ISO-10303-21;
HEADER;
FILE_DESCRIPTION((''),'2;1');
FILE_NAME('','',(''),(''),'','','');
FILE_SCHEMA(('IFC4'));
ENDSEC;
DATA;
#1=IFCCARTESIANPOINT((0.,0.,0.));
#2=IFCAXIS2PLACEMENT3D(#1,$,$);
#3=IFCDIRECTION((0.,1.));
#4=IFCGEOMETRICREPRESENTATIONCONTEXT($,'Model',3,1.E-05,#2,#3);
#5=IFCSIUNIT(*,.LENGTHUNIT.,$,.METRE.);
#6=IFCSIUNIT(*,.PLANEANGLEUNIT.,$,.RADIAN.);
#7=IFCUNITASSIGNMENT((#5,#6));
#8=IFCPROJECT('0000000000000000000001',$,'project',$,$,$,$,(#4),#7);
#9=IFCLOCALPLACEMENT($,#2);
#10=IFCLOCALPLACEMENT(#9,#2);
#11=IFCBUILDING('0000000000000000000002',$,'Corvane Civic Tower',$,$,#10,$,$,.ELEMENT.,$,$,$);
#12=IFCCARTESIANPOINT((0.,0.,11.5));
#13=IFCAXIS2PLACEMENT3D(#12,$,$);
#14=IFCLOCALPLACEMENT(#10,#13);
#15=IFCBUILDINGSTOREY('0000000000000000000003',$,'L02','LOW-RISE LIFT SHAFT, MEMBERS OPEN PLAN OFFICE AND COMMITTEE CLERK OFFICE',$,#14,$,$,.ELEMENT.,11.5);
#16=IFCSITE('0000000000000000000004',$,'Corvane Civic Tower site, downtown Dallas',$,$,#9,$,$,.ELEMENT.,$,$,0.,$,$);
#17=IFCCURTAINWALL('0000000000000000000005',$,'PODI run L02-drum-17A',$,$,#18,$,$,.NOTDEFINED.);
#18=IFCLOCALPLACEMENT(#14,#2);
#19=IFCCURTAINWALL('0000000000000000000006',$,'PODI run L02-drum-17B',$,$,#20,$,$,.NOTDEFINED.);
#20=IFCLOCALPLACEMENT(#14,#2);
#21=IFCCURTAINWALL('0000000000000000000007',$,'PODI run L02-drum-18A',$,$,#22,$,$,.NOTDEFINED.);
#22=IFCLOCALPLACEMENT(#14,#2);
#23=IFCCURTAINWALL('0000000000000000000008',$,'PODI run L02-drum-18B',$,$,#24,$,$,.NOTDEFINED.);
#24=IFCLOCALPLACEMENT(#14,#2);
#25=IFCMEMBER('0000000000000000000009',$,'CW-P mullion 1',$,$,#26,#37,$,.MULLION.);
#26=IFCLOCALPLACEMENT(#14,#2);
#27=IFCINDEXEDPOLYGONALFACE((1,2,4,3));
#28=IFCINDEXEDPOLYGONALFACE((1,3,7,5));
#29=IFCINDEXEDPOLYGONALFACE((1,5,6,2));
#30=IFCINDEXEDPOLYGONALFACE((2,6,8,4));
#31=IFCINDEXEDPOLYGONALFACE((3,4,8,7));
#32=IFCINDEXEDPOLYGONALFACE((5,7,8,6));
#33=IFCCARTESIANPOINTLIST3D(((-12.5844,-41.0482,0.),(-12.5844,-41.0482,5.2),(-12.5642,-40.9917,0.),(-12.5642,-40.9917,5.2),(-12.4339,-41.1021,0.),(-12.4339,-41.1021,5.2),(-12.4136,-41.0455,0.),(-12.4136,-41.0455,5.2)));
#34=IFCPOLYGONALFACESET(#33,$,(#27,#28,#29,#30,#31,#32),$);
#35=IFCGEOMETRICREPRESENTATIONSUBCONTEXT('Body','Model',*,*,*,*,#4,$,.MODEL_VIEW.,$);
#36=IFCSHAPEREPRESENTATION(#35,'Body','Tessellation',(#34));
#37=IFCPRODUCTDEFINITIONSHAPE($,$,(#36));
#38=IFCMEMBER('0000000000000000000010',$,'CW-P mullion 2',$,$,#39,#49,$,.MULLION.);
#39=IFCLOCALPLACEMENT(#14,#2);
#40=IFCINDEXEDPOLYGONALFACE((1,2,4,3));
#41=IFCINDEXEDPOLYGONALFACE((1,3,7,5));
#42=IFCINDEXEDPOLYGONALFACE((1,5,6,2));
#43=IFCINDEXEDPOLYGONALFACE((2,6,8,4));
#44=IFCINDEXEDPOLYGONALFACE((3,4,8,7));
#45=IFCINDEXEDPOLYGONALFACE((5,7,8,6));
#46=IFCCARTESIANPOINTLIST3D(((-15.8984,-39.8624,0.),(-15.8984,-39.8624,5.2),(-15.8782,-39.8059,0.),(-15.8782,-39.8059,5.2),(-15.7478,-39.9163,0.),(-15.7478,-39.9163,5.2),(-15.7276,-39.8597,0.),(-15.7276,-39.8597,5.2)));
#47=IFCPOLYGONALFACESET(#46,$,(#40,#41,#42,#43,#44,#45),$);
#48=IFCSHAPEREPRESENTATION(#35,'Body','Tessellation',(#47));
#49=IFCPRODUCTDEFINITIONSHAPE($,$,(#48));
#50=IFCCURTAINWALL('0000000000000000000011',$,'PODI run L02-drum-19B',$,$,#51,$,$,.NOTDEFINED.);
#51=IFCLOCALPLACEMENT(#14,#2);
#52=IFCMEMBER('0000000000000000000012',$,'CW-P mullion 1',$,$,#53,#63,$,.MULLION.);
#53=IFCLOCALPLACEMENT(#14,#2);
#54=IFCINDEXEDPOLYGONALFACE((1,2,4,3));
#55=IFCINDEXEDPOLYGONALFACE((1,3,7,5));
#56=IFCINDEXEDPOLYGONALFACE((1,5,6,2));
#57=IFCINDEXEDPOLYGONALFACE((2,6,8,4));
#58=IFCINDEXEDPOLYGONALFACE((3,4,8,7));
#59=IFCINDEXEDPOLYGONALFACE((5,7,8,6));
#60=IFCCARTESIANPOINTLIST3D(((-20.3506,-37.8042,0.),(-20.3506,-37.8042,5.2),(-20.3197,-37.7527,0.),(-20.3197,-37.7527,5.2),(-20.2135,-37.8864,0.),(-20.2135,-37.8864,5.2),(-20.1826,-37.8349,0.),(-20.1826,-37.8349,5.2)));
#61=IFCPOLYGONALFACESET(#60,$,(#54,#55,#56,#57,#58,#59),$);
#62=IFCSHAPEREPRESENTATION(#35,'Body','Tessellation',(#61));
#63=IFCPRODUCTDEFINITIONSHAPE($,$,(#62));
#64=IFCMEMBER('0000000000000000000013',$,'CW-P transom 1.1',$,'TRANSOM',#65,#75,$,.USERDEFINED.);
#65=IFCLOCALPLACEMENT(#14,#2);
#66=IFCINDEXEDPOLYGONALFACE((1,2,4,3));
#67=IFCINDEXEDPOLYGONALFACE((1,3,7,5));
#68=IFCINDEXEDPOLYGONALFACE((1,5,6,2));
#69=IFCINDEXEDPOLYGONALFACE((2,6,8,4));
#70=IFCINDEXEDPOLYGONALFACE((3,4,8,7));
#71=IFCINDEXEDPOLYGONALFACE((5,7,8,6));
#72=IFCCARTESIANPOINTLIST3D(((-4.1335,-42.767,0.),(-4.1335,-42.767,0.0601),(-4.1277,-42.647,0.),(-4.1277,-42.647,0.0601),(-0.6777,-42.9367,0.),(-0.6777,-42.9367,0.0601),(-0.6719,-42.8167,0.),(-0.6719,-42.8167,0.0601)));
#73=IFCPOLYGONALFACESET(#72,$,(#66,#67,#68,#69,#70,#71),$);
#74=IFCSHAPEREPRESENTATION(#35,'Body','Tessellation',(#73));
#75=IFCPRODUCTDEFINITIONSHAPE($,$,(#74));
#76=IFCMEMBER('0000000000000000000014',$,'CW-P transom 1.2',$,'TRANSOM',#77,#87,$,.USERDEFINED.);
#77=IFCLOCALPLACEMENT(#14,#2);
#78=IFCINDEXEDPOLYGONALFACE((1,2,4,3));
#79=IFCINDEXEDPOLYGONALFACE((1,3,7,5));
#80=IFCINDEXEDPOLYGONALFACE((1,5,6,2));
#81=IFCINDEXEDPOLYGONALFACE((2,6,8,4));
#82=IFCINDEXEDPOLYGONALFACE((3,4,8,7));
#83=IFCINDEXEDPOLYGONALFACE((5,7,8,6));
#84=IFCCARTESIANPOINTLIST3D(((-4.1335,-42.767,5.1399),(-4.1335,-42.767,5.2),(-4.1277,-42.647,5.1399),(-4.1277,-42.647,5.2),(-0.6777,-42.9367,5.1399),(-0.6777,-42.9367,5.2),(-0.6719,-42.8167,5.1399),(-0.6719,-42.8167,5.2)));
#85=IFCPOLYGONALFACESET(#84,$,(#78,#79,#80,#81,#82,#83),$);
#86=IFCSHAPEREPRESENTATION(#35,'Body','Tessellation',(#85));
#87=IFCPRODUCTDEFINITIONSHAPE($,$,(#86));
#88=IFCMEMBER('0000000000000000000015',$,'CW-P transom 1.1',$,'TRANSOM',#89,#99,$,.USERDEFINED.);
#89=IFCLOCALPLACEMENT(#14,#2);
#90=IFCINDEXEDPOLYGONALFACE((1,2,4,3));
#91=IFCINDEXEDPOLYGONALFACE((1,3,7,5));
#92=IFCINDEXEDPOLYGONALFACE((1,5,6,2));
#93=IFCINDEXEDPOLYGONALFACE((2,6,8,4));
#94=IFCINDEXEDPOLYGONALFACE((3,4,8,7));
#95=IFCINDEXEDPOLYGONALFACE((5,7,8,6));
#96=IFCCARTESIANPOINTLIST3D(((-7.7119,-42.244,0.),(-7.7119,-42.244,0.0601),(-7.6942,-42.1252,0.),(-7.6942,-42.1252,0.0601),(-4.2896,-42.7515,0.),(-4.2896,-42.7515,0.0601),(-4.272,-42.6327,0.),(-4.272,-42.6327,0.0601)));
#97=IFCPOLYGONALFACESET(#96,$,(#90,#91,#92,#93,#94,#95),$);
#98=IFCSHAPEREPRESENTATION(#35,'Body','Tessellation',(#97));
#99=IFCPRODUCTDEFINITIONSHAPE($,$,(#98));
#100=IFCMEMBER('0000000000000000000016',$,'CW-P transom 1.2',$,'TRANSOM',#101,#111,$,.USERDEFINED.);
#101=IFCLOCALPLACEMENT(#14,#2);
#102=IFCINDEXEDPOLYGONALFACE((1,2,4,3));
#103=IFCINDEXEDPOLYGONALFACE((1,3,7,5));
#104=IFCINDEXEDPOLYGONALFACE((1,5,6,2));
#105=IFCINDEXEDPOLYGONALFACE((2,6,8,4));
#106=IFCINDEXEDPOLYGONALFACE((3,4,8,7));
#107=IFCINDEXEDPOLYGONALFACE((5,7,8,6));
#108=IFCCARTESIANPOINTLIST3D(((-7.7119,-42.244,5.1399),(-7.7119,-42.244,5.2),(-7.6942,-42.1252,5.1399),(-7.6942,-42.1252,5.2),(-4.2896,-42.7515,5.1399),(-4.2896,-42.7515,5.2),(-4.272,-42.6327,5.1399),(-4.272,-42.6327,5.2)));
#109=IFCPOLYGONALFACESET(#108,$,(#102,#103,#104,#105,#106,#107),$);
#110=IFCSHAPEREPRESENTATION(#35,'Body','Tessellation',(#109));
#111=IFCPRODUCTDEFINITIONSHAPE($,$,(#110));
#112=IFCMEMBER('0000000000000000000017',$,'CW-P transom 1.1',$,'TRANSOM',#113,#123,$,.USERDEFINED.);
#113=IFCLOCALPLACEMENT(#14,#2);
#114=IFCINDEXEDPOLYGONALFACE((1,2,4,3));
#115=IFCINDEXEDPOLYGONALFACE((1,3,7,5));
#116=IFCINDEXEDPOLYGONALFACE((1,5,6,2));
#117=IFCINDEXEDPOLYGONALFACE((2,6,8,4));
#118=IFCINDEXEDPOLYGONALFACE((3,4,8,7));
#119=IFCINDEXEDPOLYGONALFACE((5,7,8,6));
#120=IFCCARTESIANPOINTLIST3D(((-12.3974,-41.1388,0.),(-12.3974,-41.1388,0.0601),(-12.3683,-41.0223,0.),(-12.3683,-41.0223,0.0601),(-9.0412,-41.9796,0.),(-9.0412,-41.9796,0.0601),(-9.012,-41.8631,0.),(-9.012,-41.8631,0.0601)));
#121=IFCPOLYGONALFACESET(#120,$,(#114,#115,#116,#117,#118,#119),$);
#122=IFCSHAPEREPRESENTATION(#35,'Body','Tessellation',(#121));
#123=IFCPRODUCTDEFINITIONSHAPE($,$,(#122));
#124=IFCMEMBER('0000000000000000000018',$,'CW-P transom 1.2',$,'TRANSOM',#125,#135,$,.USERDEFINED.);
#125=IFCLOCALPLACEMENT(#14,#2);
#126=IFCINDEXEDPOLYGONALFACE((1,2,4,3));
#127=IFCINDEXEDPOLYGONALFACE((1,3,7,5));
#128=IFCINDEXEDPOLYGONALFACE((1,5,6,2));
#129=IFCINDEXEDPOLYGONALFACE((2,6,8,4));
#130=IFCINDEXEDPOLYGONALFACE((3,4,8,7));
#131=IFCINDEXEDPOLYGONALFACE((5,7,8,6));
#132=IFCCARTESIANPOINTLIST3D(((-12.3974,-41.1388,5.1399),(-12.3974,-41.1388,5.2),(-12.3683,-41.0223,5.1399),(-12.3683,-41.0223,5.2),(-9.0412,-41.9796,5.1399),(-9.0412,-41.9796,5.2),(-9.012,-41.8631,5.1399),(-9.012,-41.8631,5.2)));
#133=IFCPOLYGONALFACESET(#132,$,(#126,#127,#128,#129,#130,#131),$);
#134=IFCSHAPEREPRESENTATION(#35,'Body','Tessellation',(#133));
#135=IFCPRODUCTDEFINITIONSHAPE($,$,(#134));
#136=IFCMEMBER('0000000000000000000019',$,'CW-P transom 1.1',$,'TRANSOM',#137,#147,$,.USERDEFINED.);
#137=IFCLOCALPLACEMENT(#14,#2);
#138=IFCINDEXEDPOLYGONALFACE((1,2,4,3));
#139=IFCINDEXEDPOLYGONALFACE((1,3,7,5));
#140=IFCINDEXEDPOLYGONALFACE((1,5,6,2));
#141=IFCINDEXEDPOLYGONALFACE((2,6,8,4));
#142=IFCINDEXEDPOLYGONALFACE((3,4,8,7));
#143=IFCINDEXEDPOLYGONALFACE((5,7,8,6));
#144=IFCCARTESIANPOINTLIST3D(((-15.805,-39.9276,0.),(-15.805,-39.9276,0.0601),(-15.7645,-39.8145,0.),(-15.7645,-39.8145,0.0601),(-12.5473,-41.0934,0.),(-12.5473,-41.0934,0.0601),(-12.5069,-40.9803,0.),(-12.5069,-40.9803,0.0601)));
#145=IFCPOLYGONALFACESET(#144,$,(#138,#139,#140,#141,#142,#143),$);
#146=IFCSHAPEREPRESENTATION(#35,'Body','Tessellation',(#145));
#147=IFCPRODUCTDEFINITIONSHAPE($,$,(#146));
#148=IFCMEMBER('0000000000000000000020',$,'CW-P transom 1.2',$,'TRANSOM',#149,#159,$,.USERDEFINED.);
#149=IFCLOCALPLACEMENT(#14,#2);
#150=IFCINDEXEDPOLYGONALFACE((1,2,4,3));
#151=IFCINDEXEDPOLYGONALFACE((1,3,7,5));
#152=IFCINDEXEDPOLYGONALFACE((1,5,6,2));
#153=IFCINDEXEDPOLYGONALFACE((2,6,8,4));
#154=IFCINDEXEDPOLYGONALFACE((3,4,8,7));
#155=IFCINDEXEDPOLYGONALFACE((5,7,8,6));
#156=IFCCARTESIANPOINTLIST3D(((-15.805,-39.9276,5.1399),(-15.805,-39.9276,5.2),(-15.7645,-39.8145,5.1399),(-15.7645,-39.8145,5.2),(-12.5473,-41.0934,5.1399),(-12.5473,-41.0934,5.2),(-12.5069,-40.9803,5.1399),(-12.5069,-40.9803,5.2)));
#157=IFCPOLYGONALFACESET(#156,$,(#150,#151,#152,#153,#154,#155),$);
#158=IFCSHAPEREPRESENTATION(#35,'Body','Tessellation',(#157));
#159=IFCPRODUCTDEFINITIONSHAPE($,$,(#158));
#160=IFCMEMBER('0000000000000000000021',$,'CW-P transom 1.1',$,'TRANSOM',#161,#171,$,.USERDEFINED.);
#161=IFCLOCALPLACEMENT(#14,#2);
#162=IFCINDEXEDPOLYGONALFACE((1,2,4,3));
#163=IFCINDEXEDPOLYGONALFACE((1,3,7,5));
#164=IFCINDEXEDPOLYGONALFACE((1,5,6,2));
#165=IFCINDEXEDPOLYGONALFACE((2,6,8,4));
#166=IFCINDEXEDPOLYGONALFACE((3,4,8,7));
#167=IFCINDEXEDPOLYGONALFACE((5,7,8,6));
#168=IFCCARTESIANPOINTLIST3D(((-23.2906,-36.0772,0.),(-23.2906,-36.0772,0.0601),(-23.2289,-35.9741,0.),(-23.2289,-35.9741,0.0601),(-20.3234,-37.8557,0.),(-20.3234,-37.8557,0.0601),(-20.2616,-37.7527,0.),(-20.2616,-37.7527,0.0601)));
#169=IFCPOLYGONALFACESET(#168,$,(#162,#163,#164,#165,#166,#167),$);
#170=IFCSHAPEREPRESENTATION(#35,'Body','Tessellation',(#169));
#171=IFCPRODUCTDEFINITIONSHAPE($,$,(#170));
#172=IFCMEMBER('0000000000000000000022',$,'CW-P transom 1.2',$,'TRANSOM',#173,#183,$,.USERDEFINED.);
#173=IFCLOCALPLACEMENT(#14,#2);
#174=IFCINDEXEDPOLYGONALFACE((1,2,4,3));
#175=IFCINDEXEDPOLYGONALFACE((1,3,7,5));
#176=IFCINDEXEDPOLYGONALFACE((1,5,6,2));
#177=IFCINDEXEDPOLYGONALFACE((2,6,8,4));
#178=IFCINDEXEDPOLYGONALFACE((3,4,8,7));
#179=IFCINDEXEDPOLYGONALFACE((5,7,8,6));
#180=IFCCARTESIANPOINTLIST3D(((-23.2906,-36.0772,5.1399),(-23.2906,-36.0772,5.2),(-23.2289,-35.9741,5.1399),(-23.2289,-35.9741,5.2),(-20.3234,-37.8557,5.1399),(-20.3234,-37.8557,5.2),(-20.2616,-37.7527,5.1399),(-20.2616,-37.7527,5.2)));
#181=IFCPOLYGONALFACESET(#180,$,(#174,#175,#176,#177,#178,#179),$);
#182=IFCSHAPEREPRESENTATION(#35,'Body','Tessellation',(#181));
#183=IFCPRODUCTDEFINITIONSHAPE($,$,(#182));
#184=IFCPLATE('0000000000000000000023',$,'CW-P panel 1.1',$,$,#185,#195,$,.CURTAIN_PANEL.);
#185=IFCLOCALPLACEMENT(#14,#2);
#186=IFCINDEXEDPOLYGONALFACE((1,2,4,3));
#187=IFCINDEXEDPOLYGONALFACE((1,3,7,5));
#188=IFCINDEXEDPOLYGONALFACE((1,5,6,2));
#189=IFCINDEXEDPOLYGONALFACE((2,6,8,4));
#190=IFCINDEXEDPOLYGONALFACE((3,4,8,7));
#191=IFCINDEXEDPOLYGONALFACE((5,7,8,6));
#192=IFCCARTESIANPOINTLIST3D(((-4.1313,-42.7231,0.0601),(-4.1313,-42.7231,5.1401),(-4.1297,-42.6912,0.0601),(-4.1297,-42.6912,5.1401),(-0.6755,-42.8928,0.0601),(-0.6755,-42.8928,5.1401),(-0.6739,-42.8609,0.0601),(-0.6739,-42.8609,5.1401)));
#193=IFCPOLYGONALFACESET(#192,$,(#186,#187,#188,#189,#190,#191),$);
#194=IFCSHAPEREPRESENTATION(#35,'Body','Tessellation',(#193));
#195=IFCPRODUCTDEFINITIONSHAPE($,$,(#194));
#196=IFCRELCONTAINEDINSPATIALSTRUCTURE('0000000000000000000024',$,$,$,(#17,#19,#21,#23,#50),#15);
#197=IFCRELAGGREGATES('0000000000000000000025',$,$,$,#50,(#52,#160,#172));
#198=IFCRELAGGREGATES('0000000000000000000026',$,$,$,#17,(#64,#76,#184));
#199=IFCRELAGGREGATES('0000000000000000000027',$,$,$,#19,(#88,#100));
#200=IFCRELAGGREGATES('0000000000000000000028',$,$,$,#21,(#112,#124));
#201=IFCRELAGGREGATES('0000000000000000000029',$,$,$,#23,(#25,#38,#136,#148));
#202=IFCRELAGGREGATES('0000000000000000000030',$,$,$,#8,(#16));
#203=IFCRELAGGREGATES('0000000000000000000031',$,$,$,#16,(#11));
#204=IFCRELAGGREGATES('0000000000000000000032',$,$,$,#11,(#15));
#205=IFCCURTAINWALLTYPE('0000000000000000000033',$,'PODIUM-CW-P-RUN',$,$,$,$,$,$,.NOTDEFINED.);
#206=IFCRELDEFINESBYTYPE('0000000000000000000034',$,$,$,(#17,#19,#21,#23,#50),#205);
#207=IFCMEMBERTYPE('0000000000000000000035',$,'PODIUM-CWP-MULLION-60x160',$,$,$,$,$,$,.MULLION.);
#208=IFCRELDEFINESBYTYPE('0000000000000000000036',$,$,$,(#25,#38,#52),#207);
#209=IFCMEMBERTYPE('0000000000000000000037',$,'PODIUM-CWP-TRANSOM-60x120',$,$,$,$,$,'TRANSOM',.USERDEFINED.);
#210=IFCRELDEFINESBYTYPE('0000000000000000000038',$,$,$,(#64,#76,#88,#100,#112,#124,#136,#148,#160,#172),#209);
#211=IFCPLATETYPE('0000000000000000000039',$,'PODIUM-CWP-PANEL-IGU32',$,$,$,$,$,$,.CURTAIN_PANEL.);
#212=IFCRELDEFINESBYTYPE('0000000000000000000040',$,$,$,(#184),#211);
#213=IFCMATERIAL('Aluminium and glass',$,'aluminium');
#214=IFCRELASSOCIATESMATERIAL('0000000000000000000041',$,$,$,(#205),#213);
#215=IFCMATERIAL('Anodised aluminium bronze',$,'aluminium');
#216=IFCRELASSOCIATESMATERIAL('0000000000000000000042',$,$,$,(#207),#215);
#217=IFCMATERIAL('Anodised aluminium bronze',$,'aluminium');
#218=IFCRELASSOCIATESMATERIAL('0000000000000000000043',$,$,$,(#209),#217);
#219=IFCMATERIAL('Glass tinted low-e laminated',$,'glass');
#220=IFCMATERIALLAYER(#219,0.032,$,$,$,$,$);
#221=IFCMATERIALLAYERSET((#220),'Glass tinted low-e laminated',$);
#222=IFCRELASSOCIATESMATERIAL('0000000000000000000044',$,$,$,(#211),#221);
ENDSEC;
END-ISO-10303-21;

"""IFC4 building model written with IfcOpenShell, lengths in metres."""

from ifc_helpers import new_model, si_unit, direction, frame, origin, origin_2d, place, context, subcontext, project, spatial, rectangle, extrude, material, layer, layer_set, material_profile, profile_set, type_object, element, aggregate, save


model = new_model("IFC4")

# Units and contexts
model_context = context("Model", 3, precision=1e-05, world=origin(), true_north=direction((0.0, 1.0)))
body_context = subcontext(model_context, "Body", "Model", "MODEL_VIEW")
ifc_project = project(units=[si_unit("LENGTHUNIT", "METRE"), si_unit("PLANEANGLEUNIT", "RADIAN")], contexts=[model_context])

# Site, building, storey
site_placement = place(None, origin())
site = spatial("IfcSite", under=ifc_project, at=site_placement, Name="Corvane Civic Tower site, downtown Dallas", CompositionType="ELEMENT", RefElevation=0.0)
building_placement = place(site_placement, origin())
building = spatial("IfcBuilding", under=site, at=building_placement, Name="Corvane Civic Tower", CompositionType="ELEMENT")
storey_placement = place(building_placement, frame((0.0, 0.0, 11.5)))
storey = spatial("IfcBuildingStorey", under=building, at=storey_placement, Name="L02", Description="LOW-RISE LIFT SHAFT, MEMBERS OPEN PLAN OFFICE AND COMMITTEE CLERK OFFICE", CompositionType="ELEMENT", Elevation=11.5)

# Curtain walls, members
ifc_material_1 = material(Name="Aluminium and glass", Category="aluminium")
curtain_wall_type = type_object("IfcCurtainWallType", Name="PODIUM-CW-P-RUN", PredefinedType="NOTDEFINED", material=ifc_material_1)
curtain_wall_1_placement = place(storey_placement, origin())
curtain_wall_1 = element("IfcCurtainWall", 1, at=curtain_wall_1_placement, inside=storey, type_object=curtain_wall_type, Name="PODI run L02-drum-17A", PredefinedType="NOTDEFINED")
ifc_material_2 = material(Name="Anodised aluminium bronze", Category="aluminium")
ifc_material_profile_1 = material_profile(ifc_material_2, rectangle(XDim=0.0601, YDim=0.1599, at=origin_2d()), Name="AL 60x160")
ifc_profile_set_1 = profile_set([ifc_material_profile_1], Name="Anodised aluminium bronze")
member_type_1 = type_object("IfcMemberType", Name="PODIUM-CWP-MULLION-60x160", PredefinedType="MULLION", material=ifc_profile_set_1)
curtain_wall_2_placement = place(storey_placement, origin())
curtain_wall_2 = element("IfcCurtainWall", 2, at=curtain_wall_2_placement, inside=storey, type_object=curtain_wall_type, Name="PODI run L02-drum-17B", PredefinedType="NOTDEFINED")
curtain_wall_3_placement = place(storey_placement, origin())
curtain_wall_3 = element("IfcCurtainWall", 3, at=curtain_wall_3_placement, inside=storey, type_object=curtain_wall_type, Name="PODI run L02-drum-18A", PredefinedType="NOTDEFINED")
curtain_wall_4_placement = place(storey_placement, origin())
curtain_wall_4 = element("IfcCurtainWall", 4, at=curtain_wall_4_placement, inside=storey, type_object=curtain_wall_type, Name="PODI run L02-drum-18B", PredefinedType="NOTDEFINED")
member_1_placement = place(storey_placement, frame((-12.499, -41.0469, 0.0), z_axis=(0.0, 0.0, 1.0), x_axis=(-0.336919, -0.941534, 0.0)))
member_1 = element("IfcMember", 5, at=member_1_placement, type_object=member_type_1, Name="CW-P mullion 1", PredefinedType="MULLION", context=body_context, shape_type="SweptSolid", body=[
    extrude(rectangle(XDim=0.0601, YDim=0.1599, at=origin_2d()), origin(), (0.0, 0.0, 1.0), 5.2),
])
member_2_placement = place(storey_placement, frame((-15.813, -39.8611, 0.0), z_axis=(0.0, 0.0, 1.0), x_axis=(-0.336919, -0.941534, 0.0)))
member_2 = element("IfcMember", 6, at=member_2_placement, type_object=member_type_1, Name="CW-P mullion 2", PredefinedType="MULLION", context=body_context, shape_type="SweptSolid", body=[
    extrude(rectangle(XDim=0.0601, YDim=0.1599, at=origin_2d()), origin(), (0.0, 0.0, 1.0), 5.2),
])

# Curtain wall, member
curtain_wall_5_placement = place(storey_placement, origin())
curtain_wall_5 = element("IfcCurtainWall", 7, at=curtain_wall_5_placement, inside=storey, type_object=curtain_wall_type, Name="PODI run L02-drum-19B", PredefinedType="NOTDEFINED")
member_3_placement = place(storey_placement, frame((-20.2666, -37.8196, 0.0), z_axis=(0.0, 0.0, 1.0), x_axis=(-0.514118, -0.85772, 0.0)))
member_3 = element("IfcMember", 8, at=member_3_placement, type_object=member_type_1, Name="CW-P mullion 1", PredefinedType="MULLION", context=body_context, shape_type="SweptSolid", body=[
    extrude(rectangle(XDim=0.0601, YDim=0.1599, at=origin_2d()), origin(), (0.0, 0.0, 1.0), 5.2),
])

# Members
ifc_material_3 = material(Name="Anodised aluminium bronze", Category="aluminium")
ifc_material_profile_2 = material_profile(ifc_material_3, rectangle(XDim=0.1201, YDim=0.0601, at=origin_2d()), Name="AL 120x60")
ifc_profile_set_2 = profile_set([ifc_material_profile_2], Name="Anodised aluminium bronze")
member_type_2 = type_object("IfcMemberType", Name="PODIUM-CWP-TRANSOM-60x120", ElementType="TRANSOM", PredefinedType="USERDEFINED", material=ifc_profile_set_2)
member_4_placement = place(storey_placement, frame((-0.6748, -42.8767, 0.03), z_axis=(-0.998797, 0.04904, 0.0), x_axis=(-0.04904, -0.998797, 0.0)))
member_4 = element("IfcMember", 9, at=member_4_placement, type_object=member_type_2, Name="CW-P transom 1.1", ObjectType="TRANSOM", PredefinedType="USERDEFINED", context=body_context, shape_type="SweptSolid", body=[
    extrude(rectangle(XDim=0.1201, YDim=0.0601, at=origin_2d()), origin(), (0.0, 0.0, 1.0), 3.46),
])
member_5_placement = place(storey_placement, frame((-0.6748, -42.8767, 5.1699), z_axis=(-0.998797, 0.04904, 0.0), x_axis=(-0.04904, -0.998797, 0.0)))
member_5 = element("IfcMember", 10, at=member_5_placement, type_object=member_type_2, Name="CW-P transom 1.2", ObjectType="TRANSOM", PredefinedType="USERDEFINED", context=body_context, shape_type="SweptSolid", body=[
    extrude(rectangle(XDim=0.1201, YDim=0.0601, at=origin_2d()), origin(), (0.0, 0.0, 1.0), 3.46),
])
member_6_placement = place(storey_placement, frame((-4.2808, -42.6921, 0.03), z_axis=(-0.98918, 0.146705, 0.0), x_axis=(-0.146705, -0.98918, 0.0)))
member_6 = element("IfcMember", 11, at=member_6_placement, type_object=member_type_2, Name="CW-P transom 1.1", ObjectType="TRANSOM", PredefinedType="USERDEFINED", context=body_context, shape_type="SweptSolid", body=[
    extrude(rectangle(XDim=0.1201, YDim=0.0601, at=origin_2d()), origin(), (0.0, 0.0, 1.0), 3.4597),
])
member_7_placement = place(storey_placement, frame((-4.2808, -42.6921, 5.1699), z_axis=(-0.98918, 0.146705, 0.0), x_axis=(-0.146705, -0.98918, 0.0)))
member_7 = element("IfcMember", 12, at=member_7_placement, type_object=member_type_2, Name="CW-P transom 1.2", ObjectType="TRANSOM", PredefinedType="USERDEFINED", context=body_context, shape_type="SweptSolid", body=[
    extrude(rectangle(XDim=0.1201, YDim=0.0601, at=origin_2d()), origin(), (0.0, 0.0, 1.0), 3.4597),
])
member_8_placement = place(storey_placement, frame((-9.0266, -41.9214, 0.03), z_axis=(-0.970022, 0.243017, 0.0), x_axis=(-0.243017, -0.970022, 0.0)))
member_8 = element("IfcMember", 13, at=member_8_placement, type_object=member_type_2, Name="CW-P transom 1.1", ObjectType="TRANSOM", PredefinedType="USERDEFINED", context=body_context, shape_type="SweptSolid", body=[
    extrude(rectangle(XDim=0.1201, YDim=0.0601, at=origin_2d()), origin(), (0.0, 0.0, 1.0), 3.46),
])
member_9_placement = place(storey_placement, frame((-9.0266, -41.9214, 5.1699), z_axis=(-0.970022, 0.243017, 0.0), x_axis=(-0.243017, -0.970022, 0.0)))
member_9 = element("IfcMember", 14, at=member_9_placement, type_object=member_type_2, Name="CW-P transom 1.2", ObjectType="TRANSOM", PredefinedType="USERDEFINED", context=body_context, shape_type="SweptSolid", body=[
    extrude(rectangle(XDim=0.1201, YDim=0.0601, at=origin_2d()), origin(), (0.0, 0.0, 1.0), 3.46),
])
member_10_placement = place(storey_placement, frame((-12.5271, -41.0369, 0.03), z_axis=(-0.941526, 0.33694, 0.0), x_axis=(-0.33694, -0.941526, 0.0)))
member_10 = element("IfcMember", 15, at=member_10_placement, type_object=member_type_2, Name="CW-P transom 1.1", ObjectType="TRANSOM", PredefinedType="USERDEFINED", context=body_context, shape_type="SweptSolid", body=[
    extrude(rectangle(XDim=0.1201, YDim=0.0601, at=origin_2d()), origin(), (0.0, 0.0, 1.0), 3.46),
])
member_11_placement = place(storey_placement, frame((-12.5271, -41.0369, 5.1699), z_axis=(-0.941526, 0.33694, 0.0), x_axis=(-0.33694, -0.941526, 0.0)))
member_11 = element("IfcMember", 16, at=member_11_placement, type_object=member_type_2, Name="CW-P transom 1.2", ObjectType="TRANSOM", PredefinedType="USERDEFINED", context=body_context, shape_type="SweptSolid", body=[
    extrude(rectangle(XDim=0.1201, YDim=0.0601, at=origin_2d()), origin(), (0.0, 0.0, 1.0), 3.46),
])
member_12_placement = place(storey_placement, frame((-20.2925, -37.8042, 0.03), z_axis=(-0.857723, 0.514112, 0.0), x_axis=(-0.514112, -0.857723, 0.0)))
member_12 = element("IfcMember", 17, at=member_12_placement, type_object=member_type_2, Name="CW-P transom 1.1", ObjectType="TRANSOM", PredefinedType="USERDEFINED", context=body_context, shape_type="SweptSolid", body=[
    extrude(rectangle(XDim=0.1201, YDim=0.0601, at=origin_2d()), origin(), (0.0, 0.0, 1.0), 3.4595),
])
member_13_placement = place(storey_placement, frame((-20.2925, -37.8042, 5.1699), z_axis=(-0.857723, 0.514112, 0.0), x_axis=(-0.514112, -0.857723, 0.0)))
member_13 = element("IfcMember", 18, at=member_13_placement, type_object=member_type_2, Name="CW-P transom 1.2", ObjectType="TRANSOM", PredefinedType="USERDEFINED", context=body_context, shape_type="SweptSolid", body=[
    extrude(rectangle(XDim=0.1201, YDim=0.0601, at=origin_2d()), origin(), (0.0, 0.0, 1.0), 3.4595),
])
aggregate(curtain_wall_5, [member_3, member_12, member_13])

# Plate
ifc_material_4 = material(Name="Glass tinted low-e laminated", Category="glass")
ifc_layer_1 = layer(ifc_material_4, 0.032)
ifc_layer_set_1 = layer_set([ifc_layer_1], Name="Glass tinted low-e laminated")
plate_type = type_object("IfcPlateType", Name="PODIUM-CWP-PANEL-IGU32", PredefinedType="CURTAIN_PANEL", material=ifc_layer_set_1)
plate_1_placement = place(storey_placement, frame((-2.4026, -42.792, 0.0601), z_axis=(0.0, 0.0, 1.0), x_axis=(-0.998796, 0.04905, 0.0)))
plate_1 = element("IfcPlate", 19, at=plate_1_placement, type_object=plate_type, Name="CW-P panel 1.1", PredefinedType="CURTAIN_PANEL", context=body_context, shape_type="SweptSolid", body=[
    extrude(rectangle(XDim=3.46, YDim=0.032, at=origin_2d()), origin(), (0.0, 0.0, 1.0), 5.0801),
])
aggregate(curtain_wall_1, [member_4, member_5, plate_1])
aggregate(curtain_wall_2, [member_6, member_7])
aggregate(curtain_wall_3, [member_8, member_9])
aggregate(curtain_wall_4, [member_1, member_2, member_10, member_11])

save(model, "model.ifc")
